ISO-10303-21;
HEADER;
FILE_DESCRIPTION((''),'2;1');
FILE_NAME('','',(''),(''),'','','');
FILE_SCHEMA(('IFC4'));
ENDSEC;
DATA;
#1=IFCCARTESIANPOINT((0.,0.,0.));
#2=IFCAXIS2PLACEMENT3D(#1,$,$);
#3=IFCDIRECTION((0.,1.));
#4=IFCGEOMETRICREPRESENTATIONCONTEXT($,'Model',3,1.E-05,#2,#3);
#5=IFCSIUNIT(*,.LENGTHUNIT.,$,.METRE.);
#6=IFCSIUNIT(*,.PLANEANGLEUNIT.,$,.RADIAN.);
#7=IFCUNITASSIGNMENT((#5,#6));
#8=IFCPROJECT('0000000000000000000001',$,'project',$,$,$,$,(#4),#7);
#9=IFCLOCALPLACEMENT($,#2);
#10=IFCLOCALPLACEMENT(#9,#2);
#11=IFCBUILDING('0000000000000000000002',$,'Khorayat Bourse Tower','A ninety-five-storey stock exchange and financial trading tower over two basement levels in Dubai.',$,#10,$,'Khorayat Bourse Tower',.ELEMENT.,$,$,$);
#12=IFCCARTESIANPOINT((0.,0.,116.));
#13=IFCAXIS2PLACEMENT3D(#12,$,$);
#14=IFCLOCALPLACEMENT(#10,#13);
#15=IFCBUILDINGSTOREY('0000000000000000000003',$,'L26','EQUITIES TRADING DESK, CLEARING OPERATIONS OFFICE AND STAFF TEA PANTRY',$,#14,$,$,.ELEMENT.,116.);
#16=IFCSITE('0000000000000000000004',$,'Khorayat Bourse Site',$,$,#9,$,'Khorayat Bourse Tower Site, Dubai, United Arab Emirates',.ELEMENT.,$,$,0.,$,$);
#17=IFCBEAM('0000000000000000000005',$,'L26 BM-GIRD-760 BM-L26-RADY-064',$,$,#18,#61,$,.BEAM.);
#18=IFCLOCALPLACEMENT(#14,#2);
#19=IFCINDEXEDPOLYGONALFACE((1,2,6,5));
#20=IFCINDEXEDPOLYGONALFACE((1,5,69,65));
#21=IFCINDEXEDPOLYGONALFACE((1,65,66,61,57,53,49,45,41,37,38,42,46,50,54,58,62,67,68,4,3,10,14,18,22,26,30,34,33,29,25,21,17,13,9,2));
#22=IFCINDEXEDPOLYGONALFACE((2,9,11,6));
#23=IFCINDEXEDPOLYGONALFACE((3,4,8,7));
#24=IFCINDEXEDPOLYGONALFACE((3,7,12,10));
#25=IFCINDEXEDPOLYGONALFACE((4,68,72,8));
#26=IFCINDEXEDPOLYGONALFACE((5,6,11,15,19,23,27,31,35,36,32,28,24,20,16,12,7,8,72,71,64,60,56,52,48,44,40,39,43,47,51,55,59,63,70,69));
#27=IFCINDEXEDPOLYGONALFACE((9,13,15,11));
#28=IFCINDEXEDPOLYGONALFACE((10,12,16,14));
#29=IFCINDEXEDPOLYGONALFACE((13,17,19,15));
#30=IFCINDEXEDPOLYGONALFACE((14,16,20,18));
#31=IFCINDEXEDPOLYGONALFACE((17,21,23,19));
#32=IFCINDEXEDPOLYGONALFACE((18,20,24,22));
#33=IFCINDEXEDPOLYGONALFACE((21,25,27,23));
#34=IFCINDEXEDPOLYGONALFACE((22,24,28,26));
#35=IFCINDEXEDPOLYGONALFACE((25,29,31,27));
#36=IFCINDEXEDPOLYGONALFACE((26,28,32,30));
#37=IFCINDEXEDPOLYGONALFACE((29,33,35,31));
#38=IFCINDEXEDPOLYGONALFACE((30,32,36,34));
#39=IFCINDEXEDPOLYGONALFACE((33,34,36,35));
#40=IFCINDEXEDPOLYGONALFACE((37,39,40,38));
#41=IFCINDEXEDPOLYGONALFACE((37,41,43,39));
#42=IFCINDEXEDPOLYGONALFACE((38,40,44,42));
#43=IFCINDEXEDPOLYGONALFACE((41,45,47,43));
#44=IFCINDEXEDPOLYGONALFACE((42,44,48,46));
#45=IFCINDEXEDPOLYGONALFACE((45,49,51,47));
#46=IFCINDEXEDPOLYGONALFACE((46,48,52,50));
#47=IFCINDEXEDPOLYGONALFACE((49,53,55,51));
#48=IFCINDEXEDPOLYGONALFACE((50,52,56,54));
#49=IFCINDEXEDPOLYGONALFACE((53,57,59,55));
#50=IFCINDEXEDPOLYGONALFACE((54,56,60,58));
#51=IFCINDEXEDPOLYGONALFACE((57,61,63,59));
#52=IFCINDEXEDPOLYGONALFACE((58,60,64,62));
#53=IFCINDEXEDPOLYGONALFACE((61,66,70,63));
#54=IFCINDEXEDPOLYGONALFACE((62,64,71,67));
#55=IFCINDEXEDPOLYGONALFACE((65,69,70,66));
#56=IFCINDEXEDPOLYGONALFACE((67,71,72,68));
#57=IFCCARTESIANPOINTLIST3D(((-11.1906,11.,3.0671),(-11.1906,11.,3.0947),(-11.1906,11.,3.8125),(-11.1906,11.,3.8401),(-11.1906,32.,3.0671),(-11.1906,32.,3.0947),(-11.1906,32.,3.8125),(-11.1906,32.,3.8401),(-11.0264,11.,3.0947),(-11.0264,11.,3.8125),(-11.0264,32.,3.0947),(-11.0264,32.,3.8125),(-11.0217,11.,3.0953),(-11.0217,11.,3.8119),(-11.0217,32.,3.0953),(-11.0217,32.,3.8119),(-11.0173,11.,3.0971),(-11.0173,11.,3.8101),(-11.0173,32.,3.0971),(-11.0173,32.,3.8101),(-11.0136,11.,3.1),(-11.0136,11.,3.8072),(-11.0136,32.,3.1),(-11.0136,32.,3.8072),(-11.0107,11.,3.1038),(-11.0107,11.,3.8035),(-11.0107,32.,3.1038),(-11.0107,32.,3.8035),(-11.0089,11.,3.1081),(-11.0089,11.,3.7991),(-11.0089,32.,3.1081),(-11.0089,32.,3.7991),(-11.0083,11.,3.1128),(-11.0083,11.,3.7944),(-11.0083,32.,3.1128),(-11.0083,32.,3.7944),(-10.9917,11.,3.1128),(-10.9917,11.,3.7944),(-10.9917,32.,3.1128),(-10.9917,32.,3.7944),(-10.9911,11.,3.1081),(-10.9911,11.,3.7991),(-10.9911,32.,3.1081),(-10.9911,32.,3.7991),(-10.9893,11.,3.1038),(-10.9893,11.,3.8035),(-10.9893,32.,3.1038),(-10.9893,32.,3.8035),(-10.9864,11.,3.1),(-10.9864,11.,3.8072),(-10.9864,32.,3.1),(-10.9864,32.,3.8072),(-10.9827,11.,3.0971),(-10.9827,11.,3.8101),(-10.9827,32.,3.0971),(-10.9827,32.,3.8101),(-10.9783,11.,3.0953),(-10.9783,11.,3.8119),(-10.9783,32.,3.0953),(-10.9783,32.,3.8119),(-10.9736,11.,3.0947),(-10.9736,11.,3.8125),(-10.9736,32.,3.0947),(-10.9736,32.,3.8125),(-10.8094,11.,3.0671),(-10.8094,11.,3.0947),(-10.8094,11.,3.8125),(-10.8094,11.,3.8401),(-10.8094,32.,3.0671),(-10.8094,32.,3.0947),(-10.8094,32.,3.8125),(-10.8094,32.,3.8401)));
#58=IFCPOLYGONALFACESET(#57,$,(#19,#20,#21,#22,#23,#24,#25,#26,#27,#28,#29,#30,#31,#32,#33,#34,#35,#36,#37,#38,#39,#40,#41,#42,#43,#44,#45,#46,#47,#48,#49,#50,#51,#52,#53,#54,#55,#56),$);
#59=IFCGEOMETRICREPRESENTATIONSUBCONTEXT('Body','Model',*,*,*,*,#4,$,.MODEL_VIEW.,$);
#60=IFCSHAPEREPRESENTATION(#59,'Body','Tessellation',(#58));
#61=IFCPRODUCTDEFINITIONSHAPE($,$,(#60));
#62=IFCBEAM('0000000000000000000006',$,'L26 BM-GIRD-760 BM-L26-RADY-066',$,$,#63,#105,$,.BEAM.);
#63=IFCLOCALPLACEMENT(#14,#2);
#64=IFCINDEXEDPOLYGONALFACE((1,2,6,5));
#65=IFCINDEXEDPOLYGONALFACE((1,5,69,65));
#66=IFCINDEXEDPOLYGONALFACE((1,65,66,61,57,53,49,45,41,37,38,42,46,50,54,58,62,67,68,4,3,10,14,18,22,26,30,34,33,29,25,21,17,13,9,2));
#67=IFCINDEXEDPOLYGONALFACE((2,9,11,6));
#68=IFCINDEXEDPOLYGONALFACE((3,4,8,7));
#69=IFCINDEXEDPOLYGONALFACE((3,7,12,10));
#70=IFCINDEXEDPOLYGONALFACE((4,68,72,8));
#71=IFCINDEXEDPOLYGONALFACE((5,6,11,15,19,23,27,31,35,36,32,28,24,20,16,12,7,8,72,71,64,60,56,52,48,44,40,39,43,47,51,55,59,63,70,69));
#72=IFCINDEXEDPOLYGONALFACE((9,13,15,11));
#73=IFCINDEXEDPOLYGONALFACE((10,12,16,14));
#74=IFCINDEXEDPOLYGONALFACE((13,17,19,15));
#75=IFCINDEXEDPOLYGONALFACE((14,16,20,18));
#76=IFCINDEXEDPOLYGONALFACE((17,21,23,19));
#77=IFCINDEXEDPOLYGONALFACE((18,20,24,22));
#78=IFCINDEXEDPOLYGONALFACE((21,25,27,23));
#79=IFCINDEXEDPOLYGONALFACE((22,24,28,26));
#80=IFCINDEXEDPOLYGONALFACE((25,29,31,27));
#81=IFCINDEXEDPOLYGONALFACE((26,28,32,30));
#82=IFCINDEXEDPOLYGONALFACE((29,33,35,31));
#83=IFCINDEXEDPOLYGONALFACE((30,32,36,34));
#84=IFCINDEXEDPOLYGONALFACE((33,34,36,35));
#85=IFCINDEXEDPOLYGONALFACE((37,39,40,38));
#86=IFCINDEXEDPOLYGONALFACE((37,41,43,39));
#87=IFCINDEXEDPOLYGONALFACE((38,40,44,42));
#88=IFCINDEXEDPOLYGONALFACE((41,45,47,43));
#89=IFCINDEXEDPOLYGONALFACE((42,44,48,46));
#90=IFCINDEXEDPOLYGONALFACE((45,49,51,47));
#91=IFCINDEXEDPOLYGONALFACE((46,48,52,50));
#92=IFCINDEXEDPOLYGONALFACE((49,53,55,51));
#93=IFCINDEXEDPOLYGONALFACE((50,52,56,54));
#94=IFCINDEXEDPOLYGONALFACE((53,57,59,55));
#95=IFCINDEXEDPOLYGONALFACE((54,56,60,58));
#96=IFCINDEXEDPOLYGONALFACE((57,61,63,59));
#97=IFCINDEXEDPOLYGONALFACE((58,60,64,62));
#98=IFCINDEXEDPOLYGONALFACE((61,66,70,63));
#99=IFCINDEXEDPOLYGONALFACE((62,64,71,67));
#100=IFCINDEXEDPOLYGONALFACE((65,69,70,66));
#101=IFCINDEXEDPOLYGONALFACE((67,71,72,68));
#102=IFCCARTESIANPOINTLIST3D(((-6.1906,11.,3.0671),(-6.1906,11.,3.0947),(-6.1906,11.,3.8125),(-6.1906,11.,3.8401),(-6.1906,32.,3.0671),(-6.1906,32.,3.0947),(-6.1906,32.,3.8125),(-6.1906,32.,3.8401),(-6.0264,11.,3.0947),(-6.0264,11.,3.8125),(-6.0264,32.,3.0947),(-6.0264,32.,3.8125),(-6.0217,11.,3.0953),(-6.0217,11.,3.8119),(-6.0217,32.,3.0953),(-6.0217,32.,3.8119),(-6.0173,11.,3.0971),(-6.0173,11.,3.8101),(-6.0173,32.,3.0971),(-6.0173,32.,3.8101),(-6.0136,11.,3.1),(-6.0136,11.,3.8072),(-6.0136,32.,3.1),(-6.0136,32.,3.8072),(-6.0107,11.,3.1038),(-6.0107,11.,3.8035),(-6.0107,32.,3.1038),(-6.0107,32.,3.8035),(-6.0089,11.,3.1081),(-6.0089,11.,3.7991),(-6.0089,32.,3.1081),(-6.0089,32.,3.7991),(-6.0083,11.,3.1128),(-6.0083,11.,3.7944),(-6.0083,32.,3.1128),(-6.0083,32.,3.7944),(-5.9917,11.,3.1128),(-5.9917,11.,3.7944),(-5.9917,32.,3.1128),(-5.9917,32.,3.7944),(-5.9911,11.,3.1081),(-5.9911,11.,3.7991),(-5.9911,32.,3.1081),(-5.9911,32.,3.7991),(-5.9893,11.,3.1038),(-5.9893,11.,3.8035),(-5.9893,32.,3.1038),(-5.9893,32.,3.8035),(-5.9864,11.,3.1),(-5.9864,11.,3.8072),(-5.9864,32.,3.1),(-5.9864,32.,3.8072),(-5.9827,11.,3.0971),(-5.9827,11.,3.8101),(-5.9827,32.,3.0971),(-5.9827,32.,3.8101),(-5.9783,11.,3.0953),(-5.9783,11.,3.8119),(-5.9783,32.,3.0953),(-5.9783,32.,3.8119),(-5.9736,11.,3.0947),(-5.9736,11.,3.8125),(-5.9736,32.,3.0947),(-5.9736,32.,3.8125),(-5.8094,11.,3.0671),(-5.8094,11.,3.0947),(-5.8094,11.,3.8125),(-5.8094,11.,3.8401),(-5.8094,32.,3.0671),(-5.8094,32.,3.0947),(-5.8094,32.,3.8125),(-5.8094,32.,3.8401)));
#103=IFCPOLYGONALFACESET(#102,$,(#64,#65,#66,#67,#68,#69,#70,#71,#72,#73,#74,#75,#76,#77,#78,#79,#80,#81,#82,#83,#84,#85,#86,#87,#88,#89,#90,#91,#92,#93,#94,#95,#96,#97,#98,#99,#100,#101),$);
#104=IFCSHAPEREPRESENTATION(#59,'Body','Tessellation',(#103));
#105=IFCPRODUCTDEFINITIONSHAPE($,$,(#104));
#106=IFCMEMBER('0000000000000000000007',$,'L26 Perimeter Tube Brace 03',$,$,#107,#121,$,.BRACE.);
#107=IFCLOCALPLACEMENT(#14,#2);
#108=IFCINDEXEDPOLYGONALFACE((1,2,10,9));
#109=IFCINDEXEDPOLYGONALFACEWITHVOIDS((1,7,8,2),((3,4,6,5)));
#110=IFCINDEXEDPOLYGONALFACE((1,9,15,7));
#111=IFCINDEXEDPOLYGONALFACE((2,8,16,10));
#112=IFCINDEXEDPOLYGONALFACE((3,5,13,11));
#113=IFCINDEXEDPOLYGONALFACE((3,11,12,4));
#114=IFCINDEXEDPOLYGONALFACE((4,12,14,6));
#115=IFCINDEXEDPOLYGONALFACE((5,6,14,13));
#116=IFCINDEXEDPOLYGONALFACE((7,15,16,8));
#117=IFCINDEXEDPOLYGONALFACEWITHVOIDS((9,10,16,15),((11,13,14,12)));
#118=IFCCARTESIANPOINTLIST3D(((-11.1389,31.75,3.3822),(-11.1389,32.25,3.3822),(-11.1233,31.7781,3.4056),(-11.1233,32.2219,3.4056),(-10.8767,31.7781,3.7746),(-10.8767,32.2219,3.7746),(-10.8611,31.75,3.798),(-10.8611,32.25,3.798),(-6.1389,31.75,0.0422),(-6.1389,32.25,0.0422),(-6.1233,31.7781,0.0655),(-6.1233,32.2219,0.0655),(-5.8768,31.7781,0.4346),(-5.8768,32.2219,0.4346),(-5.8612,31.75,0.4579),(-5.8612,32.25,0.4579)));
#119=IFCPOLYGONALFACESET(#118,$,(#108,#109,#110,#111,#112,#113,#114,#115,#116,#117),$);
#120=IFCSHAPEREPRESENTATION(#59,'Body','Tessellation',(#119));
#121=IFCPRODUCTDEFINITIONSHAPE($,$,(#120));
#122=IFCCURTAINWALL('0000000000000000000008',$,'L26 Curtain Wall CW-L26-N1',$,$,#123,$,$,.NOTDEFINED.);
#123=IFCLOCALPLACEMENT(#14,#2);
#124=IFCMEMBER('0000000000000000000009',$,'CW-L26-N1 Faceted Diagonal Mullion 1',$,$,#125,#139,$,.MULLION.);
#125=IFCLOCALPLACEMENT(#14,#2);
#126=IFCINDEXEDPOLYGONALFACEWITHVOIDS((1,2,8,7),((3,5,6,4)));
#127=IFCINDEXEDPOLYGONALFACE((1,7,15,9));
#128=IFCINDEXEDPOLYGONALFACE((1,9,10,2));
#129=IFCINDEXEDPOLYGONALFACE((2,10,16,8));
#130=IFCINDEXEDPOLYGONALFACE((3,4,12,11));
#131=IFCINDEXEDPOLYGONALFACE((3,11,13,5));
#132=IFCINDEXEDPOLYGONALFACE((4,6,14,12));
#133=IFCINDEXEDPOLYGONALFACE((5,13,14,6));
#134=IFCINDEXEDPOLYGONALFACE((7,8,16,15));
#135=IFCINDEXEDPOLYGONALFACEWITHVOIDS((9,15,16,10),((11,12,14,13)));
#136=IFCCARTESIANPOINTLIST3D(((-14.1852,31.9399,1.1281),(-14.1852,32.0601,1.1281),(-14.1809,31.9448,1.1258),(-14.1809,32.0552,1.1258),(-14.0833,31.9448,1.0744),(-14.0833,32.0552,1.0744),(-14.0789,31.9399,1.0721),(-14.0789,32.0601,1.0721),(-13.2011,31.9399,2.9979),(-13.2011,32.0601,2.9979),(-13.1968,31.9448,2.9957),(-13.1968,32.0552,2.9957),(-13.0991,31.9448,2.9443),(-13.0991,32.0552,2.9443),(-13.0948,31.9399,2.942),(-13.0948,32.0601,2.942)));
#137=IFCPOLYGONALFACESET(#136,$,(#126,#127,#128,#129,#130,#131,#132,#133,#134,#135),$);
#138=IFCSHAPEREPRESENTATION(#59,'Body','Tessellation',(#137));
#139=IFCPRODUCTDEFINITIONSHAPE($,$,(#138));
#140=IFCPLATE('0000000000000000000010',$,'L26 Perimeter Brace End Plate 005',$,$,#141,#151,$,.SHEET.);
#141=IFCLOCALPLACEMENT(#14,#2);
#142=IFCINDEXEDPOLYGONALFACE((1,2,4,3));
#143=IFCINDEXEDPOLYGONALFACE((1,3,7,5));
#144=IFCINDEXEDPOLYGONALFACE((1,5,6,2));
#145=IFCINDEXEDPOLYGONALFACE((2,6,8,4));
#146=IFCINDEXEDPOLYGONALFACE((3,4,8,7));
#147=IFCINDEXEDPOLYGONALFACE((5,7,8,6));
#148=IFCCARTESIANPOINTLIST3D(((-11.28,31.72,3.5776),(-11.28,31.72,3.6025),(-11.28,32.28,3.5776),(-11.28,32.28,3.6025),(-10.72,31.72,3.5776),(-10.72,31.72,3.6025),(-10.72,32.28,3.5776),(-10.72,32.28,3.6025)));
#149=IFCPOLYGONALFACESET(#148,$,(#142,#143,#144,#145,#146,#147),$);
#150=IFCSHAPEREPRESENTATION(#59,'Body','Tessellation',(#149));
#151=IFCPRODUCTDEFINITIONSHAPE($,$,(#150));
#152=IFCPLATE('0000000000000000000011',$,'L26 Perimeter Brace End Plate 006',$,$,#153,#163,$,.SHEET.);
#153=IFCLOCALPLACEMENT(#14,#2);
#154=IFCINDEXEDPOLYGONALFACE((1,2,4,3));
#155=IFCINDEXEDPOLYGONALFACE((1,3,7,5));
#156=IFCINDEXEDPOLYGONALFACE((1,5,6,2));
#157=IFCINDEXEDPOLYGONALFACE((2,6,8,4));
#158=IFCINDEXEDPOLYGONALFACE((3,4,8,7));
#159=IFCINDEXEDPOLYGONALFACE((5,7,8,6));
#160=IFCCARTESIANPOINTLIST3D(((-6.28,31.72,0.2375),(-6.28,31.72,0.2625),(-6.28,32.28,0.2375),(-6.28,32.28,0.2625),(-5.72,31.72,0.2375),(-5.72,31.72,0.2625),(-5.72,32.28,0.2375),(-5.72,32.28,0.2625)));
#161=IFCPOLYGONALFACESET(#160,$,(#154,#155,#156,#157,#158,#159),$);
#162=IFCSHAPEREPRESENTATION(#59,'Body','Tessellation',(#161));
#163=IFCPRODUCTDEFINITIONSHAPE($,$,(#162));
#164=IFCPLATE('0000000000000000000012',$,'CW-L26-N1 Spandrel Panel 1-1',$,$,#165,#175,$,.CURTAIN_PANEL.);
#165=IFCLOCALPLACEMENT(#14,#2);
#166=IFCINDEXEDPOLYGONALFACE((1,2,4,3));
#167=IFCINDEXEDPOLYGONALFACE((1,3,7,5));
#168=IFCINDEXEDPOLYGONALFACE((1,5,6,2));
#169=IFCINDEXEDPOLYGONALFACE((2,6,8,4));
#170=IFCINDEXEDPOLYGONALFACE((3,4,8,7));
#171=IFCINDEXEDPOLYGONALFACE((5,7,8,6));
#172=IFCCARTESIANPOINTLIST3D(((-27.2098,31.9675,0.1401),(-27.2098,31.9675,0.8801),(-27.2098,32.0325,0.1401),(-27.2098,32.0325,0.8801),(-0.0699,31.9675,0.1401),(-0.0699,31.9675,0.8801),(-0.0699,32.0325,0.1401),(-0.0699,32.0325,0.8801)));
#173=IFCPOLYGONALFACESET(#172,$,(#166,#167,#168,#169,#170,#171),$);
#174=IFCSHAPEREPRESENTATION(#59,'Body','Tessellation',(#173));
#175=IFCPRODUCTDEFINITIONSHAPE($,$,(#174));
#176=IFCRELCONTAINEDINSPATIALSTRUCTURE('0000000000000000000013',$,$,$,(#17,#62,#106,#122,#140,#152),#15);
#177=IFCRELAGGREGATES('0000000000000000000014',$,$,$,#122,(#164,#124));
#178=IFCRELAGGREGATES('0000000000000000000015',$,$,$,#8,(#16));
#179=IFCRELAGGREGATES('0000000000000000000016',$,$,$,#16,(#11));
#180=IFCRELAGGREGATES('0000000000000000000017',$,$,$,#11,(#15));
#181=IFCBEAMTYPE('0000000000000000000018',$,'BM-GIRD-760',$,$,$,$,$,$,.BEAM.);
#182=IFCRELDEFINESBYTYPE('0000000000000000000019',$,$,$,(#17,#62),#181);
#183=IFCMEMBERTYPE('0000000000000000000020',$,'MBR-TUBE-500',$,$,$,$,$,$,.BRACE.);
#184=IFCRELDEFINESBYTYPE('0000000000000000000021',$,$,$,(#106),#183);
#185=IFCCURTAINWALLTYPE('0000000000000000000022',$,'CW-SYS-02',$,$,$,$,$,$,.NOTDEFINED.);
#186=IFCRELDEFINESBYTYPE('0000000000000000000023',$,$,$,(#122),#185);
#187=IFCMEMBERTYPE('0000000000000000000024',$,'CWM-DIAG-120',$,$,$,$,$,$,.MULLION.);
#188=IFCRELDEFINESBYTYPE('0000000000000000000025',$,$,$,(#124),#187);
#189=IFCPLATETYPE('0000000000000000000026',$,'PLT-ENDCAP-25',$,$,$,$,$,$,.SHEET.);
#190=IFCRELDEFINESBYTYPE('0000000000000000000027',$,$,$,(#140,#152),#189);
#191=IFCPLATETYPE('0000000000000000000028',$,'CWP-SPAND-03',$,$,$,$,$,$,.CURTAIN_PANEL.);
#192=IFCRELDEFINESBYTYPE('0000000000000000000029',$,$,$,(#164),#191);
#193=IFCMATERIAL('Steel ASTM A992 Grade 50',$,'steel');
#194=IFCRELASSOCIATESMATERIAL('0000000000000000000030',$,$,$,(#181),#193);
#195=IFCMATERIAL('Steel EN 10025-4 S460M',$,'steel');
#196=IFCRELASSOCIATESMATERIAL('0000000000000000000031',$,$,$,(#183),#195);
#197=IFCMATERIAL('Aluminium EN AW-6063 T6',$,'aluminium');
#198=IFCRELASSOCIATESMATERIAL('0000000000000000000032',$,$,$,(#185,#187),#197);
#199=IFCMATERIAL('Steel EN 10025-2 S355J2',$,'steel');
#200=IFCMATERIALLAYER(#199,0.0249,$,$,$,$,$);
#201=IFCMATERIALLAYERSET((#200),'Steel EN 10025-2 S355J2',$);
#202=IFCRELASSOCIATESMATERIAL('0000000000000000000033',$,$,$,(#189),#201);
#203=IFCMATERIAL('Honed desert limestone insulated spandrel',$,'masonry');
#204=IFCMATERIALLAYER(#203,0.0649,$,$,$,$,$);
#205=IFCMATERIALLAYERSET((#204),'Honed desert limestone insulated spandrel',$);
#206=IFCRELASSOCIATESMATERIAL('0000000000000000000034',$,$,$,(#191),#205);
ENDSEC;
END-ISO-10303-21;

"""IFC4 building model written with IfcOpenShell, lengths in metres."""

from ifc_helpers import new_model, si_unit, direction, frame, origin, origin_2d, place, context, subcontext, project, spatial, rectangle, hollow_rectangle, i_section, extrude, source, transform, mapped, material, layer, layer_set, material_profile, profile_set, type_object, element, aggregate, save


model = new_model("IFC4")

# Units and contexts
model_context = context("Model", 3, precision=1e-05, world=origin(), true_north=direction((0.0, 1.0)))
body_context = subcontext(model_context, "Body", "Model", "MODEL_VIEW")
ifc_project = project(units=[si_unit("LENGTHUNIT", "METRE"), si_unit("PLANEANGLEUNIT", "RADIAN")], contexts=[model_context])

# Site, building, storey
site_placement = place(None, origin())
site = spatial("IfcSite", under=ifc_project, at=site_placement, Name="Khorayat Bourse Site", LongName="Khorayat Bourse Tower Site, Dubai, United Arab Emirates", CompositionType="ELEMENT", RefElevation=0.0)
building_placement = place(site_placement, origin())
building = spatial("IfcBuilding", under=site, at=building_placement, Name="Khorayat Bourse Tower", Description="A ninety-five-storey stock exchange and financial trading tower over two basement levels in Dubai.", LongName="Khorayat Bourse Tower", CompositionType="ELEMENT")
storey_placement = place(building_placement, frame((0.0, 0.0, 116.0)))
storey = spatial("IfcBuildingStorey", under=building, at=storey_placement, Name="L26", Description="EQUITIES TRADING DESK, CLEARING OPERATIONS OFFICE AND STAFF TEA PANTRY", CompositionType="ELEMENT", Elevation=116.0)

# Shared definitions
ifc_material_1 = material(Name="Steel EN 10025-4 S460M", Category="steel")

# Beams
ifc_material_2 = material(Name="Steel ASTM A992 Grade 50", Category="steel")
ifc_material_profile_1 = material_profile(ifc_material_2, i_section(OverallWidth=0.3811, OverallDepth=0.7729, WebThickness=0.0166, FlangeThickness=0.0276, FilletRadius=0.0181, at=origin_2d()), Name="W760X257")
ifc_profile_set_1 = profile_set([ifc_material_profile_1], Name="Steel ASTM A992 Grade 50")
beam_type_1 = type_object("IfcBeamType", Name="BM-GIRD-760", PredefinedType="BEAM", material=ifc_profile_set_1)
shared_shape_1 = source(origin(), body_context, "Body", "SweptSolid", [
    extrude(i_section(OverallWidth=0.3811, OverallDepth=0.7729, WebThickness=0.0166, FlangeThickness=0.0276, FilletRadius=0.0181, at=origin_2d()), origin(), (0.0, 0.0, 1.0), 21.0),
])
for number, where, z_axis, x_axis, name in (
    (1, (-11.0, 11.0, 3.4536), (0.0, 1.0, 0.0), (-1.0, 0.0, 0.0), "L26 BM-GIRD-760 BM-L26-RADY-064"),
    (2, (-6.0, 11.0, 3.4536), (0.0, 1.0, 0.0), (-1.0, 0.0, 0.0), "L26 BM-GIRD-760 BM-L26-RADY-066"),
):
    element("IfcBeam", number, at=place(storey_placement, frame(where, z_axis=z_axis, x_axis=x_axis)), inside=storey, type_object=beam_type_1, Name=name, PredefinedType="BEAM", context=body_context, shape_type="MappedRepresentation", body=[
        mapped(shared_shape_1, transform((0.0, 0.0, 0.0), scale=1.0)),
    ])

# Member
ifc_material_profile_2 = material_profile(ifc_material_1, hollow_rectangle(XDim=0.5, YDim=0.5, WallThickness=0.0281, at=origin_2d()), Name="HSS 500x500x28")
ifc_profile_set_2 = profile_set([ifc_material_profile_2], Name="Steel EN 10025-4 S460M")
member_type_1 = type_object("IfcMemberType", Name="MBR-TUBE-500", PredefinedType="BRACE", material=ifc_profile_set_2)
shared_shape_2 = source(origin(), body_context, "Body", "SweptSolid", [
    extrude(hollow_rectangle(XDim=0.5, YDim=0.5, WallThickness=0.0281, at=origin_2d()), origin(), (0.0, 0.0, 1.0), 6.0129),
])
member_1_placement = place(storey_placement, frame((-11.0, 32.0, 3.5901), z_axis=(0.831531, 0.0, -0.555478), x_axis=(0.0, 1.0, 0.0)))
element("IfcMember", 3, at=member_1_placement, inside=storey, type_object=member_type_1, Name="L26 Perimeter Tube Brace 03", PredefinedType="BRACE", context=body_context, shape_type="MappedRepresentation", body=[
    mapped(shared_shape_2, transform((0.0, 0.0, 0.0), scale=1.0)),
])

# Curtain wall, member
ifc_material_3 = material(Name="Aluminium EN AW-6063 T6", Category="aluminium")
curtain_wall_type = type_object("IfcCurtainWallType", Name="CW-SYS-02", PredefinedType="NOTDEFINED", material=ifc_material_3)
curtain_wall_placement = place(storey_placement, origin())
curtain_wall = element("IfcCurtainWall", 4, at=curtain_wall_placement, inside=storey, type_object=curtain_wall_type, Name="L26 Curtain Wall CW-L26-N1", PredefinedType="NOTDEFINED")
ifc_material_profile_3 = material_profile(ifc_material_3, hollow_rectangle(XDim=0.1201, YDim=0.1201, WallThickness=0.0049, at=origin_2d()), Name="ALU 120x120x5")
ifc_profile_set_3 = profile_set([ifc_material_profile_3], Name="Aluminium EN AW-6063 T6")
member_type_2 = type_object("IfcMemberType", Name="CWM-DIAG-120", PredefinedType="MULLION", material=ifc_profile_set_3)
shared_shape_3 = source(origin(), body_context, "Body", "SweptSolid", [
    extrude(hollow_rectangle(XDim=0.1201, YDim=0.1201, WallThickness=0.0049, at=origin_2d()), origin(), (0.0, 0.0, 1.0), 2.113),
])
member_2_placement = place(storey_placement, frame((-14.1321, 32.0, 1.1001), z_axis=(0.465742, 0.0, 0.884921), x_axis=(0.0, 1.0, 0.0)))
member_2 = element("IfcMember", 5, at=member_2_placement, type_object=member_type_2, Name="CW-L26-N1 Faceted Diagonal Mullion 1", PredefinedType="MULLION", context=body_context, shape_type="MappedRepresentation", body=[
    mapped(shared_shape_3, transform((0.0, 0.0, 0.0), scale=1.0)),
])

# Plates
ifc_material_4 = material(Name="Steel EN 10025-2 S355J2", Category="steel")
ifc_layer_1 = layer(ifc_material_4, 0.0249)
ifc_layer_set_1 = layer_set([ifc_layer_1], Name="Steel EN 10025-2 S355J2")
plate_type_1 = type_object("IfcPlateType", Name="PLT-ENDCAP-25", PredefinedType="SHEET", material=ifc_layer_set_1)
shared_shape_4 = source(origin(), body_context, "Body", "SweptSolid", [
    extrude(rectangle(XDim=0.5601, YDim=0.5601, at=origin_2d()), origin(), (0.0, 0.0, 1.0), 0.0249),
])
for number, where, z_axis, x_axis, name in (
    (6, (-11.0, 32.0, 3.5776), (0.0, 0.0, 1.0), (1.0, 0.0, 0.0), "L26 Perimeter Brace End Plate 005"),
    (7, (-6.0, 32.0, 0.2375), (0.0, 0.0, 1.0), (1.0, 0.0, 0.0), "L26 Perimeter Brace End Plate 006"),
):
    element("IfcPlate", number, at=place(storey_placement, frame(where, z_axis=z_axis, x_axis=x_axis)), inside=storey, type_object=plate_type_1, Name=name, PredefinedType="SHEET", context=body_context, shape_type="MappedRepresentation", body=[
        mapped(shared_shape_4, transform((0.0, 0.0, 0.0), scale=1.0)),
    ])

# Plate
ifc_material_5 = material(Name="Honed desert limestone insulated spandrel", Category="masonry")
ifc_layer_2 = layer(ifc_material_5, 0.0649)
ifc_layer_set_2 = layer_set([ifc_layer_2], Name="Honed desert limestone insulated spandrel")
plate_type_2 = type_object("IfcPlateType", Name="CWP-SPAND-03", PredefinedType="CURTAIN_PANEL", material=ifc_layer_set_2)
shared_shape_5 = source(origin(), body_context, "Body", "SweptSolid", [
    extrude(rectangle(XDim=27.1399, YDim=0.0649, at=origin_2d()), origin(), (0.0, 0.0, 1.0), 0.74),
])
plate_1_placement = place(storey_placement, frame((-13.6399, 32.0, 0.1401), z_axis=(0.0, 0.0, 1.0), x_axis=(1.0, 0.0, 0.0)))
plate_1 = element("IfcPlate", 8, at=plate_1_placement, type_object=plate_type_2, Name="CW-L26-N1 Spandrel Panel 1-1", PredefinedType="CURTAIN_PANEL", context=body_context, shape_type="MappedRepresentation", body=[
    mapped(shared_shape_5, transform((0.0, 0.0, 0.0), scale=1.0)),
])
aggregate(curtain_wall, [plate_1, member_2])

save(model, "model.ifc")
